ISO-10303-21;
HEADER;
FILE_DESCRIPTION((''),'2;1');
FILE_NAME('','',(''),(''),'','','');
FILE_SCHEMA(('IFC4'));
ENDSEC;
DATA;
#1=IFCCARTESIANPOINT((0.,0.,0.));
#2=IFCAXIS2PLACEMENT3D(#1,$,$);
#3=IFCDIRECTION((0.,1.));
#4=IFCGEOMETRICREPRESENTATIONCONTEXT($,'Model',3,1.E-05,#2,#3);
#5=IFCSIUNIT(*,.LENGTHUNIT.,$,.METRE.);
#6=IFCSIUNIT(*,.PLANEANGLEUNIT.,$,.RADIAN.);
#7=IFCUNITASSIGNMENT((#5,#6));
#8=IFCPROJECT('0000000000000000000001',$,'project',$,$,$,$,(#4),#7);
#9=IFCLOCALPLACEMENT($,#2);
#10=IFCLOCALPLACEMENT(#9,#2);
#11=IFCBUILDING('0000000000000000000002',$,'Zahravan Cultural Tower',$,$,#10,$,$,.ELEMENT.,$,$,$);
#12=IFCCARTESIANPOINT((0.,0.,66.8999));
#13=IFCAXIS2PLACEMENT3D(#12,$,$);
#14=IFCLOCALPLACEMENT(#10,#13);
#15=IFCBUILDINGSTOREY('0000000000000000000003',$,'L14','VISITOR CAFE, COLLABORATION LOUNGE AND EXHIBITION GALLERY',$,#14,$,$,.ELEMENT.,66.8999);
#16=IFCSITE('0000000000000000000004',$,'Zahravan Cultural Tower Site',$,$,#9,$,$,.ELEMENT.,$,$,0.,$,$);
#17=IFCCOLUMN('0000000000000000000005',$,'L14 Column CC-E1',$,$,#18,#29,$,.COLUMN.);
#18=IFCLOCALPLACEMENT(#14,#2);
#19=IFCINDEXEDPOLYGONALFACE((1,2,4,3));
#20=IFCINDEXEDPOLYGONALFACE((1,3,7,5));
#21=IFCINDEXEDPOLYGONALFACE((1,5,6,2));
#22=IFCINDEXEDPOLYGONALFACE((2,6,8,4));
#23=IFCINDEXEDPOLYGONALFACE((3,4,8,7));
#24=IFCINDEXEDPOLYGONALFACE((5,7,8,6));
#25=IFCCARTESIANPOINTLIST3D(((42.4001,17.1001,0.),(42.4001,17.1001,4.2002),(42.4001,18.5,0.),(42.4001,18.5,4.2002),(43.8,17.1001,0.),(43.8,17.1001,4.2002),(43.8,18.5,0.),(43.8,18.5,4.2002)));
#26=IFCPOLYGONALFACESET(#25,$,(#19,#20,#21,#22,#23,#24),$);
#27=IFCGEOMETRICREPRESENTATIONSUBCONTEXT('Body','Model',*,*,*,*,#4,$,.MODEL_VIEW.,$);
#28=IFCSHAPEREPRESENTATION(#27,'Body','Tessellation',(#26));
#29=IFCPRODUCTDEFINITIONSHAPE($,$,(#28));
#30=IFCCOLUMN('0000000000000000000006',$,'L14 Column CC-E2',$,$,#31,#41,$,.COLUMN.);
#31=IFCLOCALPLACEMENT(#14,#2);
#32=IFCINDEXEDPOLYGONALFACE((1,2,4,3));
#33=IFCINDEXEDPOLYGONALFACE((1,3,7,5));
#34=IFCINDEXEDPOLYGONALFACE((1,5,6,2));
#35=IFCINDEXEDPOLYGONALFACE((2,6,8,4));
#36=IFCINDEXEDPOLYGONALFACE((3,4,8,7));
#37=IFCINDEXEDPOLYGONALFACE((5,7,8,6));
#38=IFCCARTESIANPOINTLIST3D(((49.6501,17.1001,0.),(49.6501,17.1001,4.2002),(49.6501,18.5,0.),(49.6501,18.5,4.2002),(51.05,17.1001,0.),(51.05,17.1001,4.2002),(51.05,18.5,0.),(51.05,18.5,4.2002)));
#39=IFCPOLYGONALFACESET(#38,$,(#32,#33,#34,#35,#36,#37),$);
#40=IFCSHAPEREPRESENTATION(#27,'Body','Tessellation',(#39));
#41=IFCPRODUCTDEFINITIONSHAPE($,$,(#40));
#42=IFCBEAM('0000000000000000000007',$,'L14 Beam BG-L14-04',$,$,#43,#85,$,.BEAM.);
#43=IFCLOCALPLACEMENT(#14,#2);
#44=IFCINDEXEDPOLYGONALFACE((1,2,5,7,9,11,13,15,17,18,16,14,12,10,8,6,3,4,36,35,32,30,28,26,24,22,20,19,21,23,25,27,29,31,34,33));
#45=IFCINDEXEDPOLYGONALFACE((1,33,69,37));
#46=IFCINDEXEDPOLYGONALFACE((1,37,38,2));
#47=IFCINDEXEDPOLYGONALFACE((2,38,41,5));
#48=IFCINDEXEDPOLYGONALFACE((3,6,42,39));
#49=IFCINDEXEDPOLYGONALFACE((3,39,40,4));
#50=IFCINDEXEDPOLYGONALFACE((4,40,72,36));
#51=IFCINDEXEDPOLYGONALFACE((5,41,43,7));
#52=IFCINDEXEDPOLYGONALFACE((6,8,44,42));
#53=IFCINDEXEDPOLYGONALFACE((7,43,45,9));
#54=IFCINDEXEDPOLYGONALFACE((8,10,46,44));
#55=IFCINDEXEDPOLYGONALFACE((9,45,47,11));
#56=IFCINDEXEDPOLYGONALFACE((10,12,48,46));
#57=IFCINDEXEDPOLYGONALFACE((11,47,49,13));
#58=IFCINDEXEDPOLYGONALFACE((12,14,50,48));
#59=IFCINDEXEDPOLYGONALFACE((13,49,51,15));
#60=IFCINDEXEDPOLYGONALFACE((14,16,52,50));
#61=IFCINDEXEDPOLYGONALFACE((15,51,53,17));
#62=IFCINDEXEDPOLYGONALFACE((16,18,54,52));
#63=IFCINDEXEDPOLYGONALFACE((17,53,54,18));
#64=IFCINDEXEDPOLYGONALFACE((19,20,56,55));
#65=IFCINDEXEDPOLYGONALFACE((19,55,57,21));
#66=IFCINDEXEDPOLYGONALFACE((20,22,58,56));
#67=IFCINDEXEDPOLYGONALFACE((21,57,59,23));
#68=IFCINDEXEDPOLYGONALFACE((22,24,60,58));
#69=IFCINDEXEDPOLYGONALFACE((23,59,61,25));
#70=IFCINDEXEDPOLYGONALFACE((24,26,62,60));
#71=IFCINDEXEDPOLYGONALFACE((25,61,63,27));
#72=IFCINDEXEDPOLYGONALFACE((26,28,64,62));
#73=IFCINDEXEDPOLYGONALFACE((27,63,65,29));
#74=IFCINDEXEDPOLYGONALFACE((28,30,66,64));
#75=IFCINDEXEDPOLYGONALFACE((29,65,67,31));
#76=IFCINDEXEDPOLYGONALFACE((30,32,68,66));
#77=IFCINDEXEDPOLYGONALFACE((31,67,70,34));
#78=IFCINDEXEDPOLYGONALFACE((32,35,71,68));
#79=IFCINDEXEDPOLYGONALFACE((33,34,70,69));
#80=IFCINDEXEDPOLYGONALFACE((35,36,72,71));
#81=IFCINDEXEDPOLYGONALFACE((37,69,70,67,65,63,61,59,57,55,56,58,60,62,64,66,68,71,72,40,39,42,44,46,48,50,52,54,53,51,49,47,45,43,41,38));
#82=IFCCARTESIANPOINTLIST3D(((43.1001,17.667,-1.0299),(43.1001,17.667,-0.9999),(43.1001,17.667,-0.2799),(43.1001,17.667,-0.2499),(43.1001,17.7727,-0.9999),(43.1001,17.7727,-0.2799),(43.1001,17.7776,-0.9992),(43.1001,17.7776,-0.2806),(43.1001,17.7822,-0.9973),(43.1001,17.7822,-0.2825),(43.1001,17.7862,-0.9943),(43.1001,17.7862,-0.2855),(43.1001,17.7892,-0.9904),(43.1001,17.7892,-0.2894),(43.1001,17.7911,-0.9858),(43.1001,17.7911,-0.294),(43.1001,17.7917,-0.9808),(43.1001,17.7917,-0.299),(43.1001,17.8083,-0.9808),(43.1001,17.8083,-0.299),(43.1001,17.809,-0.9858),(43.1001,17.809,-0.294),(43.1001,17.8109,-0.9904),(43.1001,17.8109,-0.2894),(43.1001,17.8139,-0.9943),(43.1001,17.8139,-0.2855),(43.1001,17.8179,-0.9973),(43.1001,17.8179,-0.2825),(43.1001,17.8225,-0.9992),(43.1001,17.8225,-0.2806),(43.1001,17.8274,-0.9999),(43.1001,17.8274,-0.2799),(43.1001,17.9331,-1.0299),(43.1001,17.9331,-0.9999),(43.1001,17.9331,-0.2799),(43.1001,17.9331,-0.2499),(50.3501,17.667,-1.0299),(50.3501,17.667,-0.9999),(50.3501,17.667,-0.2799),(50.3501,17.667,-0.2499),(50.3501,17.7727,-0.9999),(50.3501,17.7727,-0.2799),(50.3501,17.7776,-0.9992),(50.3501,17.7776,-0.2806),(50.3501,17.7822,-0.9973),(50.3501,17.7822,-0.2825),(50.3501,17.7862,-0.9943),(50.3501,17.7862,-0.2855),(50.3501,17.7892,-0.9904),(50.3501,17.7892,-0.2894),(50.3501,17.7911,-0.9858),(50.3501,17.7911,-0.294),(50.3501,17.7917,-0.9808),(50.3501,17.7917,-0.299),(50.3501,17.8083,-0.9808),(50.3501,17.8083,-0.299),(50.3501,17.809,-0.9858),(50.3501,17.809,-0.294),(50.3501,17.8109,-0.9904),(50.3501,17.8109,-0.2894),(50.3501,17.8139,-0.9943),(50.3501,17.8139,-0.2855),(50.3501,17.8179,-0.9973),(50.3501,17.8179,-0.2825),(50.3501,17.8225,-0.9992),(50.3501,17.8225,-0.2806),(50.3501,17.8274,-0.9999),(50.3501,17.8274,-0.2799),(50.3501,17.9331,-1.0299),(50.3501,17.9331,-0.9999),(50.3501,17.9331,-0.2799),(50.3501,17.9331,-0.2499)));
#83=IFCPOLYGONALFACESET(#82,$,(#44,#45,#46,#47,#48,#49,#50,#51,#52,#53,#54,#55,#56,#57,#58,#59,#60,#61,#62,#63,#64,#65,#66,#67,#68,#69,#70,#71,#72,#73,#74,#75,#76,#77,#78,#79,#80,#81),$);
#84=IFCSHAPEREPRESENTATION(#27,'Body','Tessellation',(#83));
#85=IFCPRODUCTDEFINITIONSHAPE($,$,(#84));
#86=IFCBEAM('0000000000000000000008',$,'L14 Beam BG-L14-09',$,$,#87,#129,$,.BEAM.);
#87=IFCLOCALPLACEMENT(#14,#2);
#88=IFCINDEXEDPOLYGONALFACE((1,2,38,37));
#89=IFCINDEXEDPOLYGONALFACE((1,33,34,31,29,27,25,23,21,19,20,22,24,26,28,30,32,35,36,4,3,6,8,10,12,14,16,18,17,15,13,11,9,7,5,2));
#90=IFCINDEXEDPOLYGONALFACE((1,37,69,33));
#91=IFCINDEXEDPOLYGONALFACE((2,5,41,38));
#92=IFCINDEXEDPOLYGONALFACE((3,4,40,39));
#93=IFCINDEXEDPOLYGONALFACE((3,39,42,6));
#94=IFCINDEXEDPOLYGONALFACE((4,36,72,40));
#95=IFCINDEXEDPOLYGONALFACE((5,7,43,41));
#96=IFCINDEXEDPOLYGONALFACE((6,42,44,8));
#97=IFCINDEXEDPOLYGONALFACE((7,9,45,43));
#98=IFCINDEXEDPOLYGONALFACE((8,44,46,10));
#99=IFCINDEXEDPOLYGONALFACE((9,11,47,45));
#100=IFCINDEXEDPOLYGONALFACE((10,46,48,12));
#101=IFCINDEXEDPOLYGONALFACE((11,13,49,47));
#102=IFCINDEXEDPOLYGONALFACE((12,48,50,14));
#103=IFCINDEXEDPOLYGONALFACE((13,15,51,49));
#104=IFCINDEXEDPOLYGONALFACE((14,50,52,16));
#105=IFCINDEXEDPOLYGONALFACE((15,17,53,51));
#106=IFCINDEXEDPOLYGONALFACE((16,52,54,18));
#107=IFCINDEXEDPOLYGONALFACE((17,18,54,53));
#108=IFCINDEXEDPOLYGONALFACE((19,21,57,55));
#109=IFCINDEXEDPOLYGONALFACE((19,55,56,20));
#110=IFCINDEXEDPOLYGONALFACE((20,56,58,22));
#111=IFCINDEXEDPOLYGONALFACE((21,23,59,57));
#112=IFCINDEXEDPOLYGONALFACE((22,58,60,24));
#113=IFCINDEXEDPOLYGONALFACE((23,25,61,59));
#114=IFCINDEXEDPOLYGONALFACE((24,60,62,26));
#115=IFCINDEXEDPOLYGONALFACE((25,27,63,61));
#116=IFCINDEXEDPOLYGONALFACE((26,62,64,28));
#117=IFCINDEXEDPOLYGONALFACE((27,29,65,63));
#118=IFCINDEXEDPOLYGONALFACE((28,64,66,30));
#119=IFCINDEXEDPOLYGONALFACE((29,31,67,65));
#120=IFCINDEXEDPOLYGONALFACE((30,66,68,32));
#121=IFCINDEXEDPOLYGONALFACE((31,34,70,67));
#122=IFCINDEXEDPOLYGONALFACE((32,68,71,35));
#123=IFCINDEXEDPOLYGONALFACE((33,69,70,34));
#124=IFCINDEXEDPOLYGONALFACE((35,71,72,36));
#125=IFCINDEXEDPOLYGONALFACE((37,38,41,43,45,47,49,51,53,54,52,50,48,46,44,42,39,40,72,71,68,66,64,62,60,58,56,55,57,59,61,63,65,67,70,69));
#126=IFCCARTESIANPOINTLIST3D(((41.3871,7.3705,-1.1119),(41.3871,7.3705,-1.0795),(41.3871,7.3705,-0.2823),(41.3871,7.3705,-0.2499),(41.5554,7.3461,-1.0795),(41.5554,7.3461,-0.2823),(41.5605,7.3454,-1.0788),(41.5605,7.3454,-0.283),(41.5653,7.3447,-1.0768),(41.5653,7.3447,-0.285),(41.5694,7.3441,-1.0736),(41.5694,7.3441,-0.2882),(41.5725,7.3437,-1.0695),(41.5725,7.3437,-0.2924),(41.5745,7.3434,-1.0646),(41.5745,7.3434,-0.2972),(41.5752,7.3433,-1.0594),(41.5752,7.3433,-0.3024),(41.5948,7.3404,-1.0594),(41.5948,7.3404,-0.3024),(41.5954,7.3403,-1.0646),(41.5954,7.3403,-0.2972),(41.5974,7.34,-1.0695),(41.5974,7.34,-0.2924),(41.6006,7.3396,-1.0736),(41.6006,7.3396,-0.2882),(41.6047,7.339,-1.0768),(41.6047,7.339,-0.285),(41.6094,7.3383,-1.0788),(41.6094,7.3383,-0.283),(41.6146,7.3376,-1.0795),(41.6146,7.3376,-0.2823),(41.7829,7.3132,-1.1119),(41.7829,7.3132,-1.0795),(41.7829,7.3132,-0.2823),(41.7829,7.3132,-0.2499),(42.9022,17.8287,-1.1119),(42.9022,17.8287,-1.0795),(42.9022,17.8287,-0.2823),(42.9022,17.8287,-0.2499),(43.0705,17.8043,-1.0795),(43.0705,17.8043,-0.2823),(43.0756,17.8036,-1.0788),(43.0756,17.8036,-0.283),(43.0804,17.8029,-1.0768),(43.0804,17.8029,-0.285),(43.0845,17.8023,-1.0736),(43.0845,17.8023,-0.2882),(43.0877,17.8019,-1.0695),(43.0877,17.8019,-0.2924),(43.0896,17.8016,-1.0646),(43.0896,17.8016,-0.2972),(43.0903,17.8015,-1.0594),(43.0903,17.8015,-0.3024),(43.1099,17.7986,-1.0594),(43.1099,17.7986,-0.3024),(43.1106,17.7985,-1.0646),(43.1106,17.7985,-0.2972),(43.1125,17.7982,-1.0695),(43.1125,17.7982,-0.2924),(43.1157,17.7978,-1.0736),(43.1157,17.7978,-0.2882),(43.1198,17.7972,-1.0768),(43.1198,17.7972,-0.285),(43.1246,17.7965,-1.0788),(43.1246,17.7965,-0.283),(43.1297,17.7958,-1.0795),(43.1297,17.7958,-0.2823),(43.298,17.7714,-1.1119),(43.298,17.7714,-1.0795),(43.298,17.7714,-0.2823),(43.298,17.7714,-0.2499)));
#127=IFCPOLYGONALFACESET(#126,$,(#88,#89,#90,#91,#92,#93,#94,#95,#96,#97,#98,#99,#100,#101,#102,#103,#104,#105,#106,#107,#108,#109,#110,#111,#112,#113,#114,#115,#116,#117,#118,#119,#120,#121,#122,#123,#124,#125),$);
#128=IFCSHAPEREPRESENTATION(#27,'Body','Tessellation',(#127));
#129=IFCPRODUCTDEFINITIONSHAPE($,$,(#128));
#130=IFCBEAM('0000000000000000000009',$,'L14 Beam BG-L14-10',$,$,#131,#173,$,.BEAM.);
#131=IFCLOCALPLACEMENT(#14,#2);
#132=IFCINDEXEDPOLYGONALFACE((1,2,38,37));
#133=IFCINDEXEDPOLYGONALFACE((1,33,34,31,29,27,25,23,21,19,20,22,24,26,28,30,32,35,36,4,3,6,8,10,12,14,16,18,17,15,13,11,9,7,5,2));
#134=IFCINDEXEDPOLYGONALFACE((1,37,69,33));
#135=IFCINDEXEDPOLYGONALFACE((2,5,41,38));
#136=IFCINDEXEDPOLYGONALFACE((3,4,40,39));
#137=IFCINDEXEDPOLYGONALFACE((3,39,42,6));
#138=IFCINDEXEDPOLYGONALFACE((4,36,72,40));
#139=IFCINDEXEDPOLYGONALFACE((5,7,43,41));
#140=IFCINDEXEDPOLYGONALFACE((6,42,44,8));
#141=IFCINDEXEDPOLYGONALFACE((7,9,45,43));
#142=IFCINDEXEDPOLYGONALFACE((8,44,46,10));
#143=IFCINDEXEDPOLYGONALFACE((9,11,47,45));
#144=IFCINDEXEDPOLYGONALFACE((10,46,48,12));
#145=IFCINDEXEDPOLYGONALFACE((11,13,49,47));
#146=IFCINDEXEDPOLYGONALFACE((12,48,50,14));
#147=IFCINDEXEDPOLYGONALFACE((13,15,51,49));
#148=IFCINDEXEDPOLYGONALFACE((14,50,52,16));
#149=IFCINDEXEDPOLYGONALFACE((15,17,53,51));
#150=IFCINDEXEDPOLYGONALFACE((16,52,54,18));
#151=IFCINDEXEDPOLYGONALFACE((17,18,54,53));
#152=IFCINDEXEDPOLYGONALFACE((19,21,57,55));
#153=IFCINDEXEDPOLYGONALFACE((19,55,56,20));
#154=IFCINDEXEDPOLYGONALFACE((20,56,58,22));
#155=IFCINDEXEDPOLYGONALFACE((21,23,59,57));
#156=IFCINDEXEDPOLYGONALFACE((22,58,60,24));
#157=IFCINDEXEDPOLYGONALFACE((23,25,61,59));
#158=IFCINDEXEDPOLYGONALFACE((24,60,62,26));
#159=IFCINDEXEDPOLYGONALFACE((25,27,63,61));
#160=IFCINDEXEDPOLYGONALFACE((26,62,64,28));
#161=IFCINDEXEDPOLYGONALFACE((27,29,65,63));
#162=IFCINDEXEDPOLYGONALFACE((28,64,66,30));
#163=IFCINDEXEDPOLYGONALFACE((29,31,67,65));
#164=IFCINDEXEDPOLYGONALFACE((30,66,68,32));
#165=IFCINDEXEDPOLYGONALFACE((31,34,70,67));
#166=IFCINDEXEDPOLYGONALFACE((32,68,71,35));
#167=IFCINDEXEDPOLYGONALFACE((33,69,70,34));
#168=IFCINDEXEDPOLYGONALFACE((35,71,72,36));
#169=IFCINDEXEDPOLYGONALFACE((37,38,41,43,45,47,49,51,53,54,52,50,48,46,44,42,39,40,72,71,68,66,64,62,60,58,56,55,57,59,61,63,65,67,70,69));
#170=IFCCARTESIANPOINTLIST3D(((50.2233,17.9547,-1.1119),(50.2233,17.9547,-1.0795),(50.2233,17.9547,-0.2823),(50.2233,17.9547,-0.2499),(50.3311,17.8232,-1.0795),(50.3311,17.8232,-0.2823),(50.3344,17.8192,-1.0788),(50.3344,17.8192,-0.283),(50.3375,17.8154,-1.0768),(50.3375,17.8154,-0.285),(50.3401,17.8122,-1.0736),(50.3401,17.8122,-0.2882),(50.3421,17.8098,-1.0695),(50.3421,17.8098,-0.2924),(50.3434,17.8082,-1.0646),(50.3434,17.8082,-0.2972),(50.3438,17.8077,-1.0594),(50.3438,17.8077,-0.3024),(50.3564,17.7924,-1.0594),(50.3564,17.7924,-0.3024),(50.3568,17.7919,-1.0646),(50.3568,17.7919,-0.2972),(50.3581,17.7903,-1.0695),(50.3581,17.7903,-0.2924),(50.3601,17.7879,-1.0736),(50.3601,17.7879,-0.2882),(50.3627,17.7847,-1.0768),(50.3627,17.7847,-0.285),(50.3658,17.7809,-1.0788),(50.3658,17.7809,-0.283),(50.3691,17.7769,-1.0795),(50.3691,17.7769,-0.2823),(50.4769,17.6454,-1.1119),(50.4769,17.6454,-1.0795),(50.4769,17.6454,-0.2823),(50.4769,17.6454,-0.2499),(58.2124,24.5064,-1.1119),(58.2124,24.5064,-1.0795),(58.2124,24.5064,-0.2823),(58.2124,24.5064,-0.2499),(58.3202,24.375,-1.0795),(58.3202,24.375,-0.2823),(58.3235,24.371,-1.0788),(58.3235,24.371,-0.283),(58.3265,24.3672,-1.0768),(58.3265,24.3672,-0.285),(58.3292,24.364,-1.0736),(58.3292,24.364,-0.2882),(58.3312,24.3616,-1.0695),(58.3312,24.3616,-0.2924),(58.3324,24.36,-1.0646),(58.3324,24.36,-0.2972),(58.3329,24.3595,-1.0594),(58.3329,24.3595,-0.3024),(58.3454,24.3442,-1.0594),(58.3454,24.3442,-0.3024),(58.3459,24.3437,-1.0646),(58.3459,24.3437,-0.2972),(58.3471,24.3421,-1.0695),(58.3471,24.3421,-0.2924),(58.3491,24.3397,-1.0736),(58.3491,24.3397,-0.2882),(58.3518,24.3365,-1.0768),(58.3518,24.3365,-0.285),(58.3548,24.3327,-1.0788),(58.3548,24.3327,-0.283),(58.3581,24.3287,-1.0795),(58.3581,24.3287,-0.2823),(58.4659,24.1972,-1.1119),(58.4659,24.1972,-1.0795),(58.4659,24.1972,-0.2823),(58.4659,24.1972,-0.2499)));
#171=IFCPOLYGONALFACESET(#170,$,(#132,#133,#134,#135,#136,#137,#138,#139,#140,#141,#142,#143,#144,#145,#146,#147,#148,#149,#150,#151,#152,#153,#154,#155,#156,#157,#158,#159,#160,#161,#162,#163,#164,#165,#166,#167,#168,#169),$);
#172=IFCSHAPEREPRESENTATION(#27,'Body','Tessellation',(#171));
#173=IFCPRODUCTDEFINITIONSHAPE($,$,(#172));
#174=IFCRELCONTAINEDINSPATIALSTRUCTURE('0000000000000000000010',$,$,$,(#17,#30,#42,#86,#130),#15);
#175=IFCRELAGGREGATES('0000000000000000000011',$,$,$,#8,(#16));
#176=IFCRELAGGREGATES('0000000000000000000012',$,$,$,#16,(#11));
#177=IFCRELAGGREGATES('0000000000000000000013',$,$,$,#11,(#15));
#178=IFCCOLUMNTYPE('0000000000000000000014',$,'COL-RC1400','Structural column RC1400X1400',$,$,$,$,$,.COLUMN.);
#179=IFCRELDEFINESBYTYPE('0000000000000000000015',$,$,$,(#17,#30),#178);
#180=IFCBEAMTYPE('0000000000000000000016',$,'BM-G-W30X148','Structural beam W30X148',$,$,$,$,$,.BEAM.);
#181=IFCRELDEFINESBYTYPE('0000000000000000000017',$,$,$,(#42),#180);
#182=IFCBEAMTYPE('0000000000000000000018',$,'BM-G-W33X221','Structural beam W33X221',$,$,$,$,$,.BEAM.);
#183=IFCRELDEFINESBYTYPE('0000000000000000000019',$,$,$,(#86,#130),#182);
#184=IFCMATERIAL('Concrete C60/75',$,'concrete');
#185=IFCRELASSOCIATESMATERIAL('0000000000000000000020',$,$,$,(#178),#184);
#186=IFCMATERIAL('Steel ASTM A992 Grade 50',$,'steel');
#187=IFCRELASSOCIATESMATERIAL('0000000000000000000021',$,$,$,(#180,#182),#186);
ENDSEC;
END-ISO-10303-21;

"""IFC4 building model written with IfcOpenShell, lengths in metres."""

from ifc_helpers import new_model, si_unit, direction, frame, origin, origin_2d, place, context, subcontext, project, spatial, rectangle, i_section, extrude, source, transform, mapped, material, material_profile, profile_set, type_object, element, save


model = new_model("IFC4")

# Units and contexts
model_context = context("Model", 3, precision=1e-05, world=origin(), true_north=direction((0.0, 1.0)))
body_context = subcontext(model_context, "Body", "Model", "MODEL_VIEW")
ifc_project = project(units=[si_unit("LENGTHUNIT", "METRE"), si_unit("PLANEANGLEUNIT", "RADIAN")], contexts=[model_context])

# Site, building, storey
site_placement = place(None, origin())
site = spatial("IfcSite", under=ifc_project, at=site_placement, Name="Zahravan Cultural Tower Site", CompositionType="ELEMENT", RefElevation=0.0)
building_placement = place(site_placement, origin())
building = spatial("IfcBuilding", under=site, at=building_placement, Name="Zahravan Cultural Tower", CompositionType="ELEMENT")
storey_placement = place(building_placement, frame((0.0, 0.0, 66.8999)))
storey = spatial("IfcBuildingStorey", under=building, at=storey_placement, Name="L14", Description="VISITOR CAFE, COLLABORATION LOUNGE AND EXHIBITION GALLERY", CompositionType="ELEMENT", Elevation=66.8999)

# Columns
ifc_material_1 = material(Name="Concrete C60/75", Category="concrete")
ifc_material_profile_1 = material_profile(ifc_material_1, rectangle(XDim=1.3999, YDim=1.3999, at=origin_2d()), Name="RC1400X1400")
ifc_profile_set_1 = profile_set([ifc_material_profile_1], Name="Concrete C60/75")
column_type = type_object("IfcColumnType", Name="COL-RC1400", Description="Structural column RC1400X1400", PredefinedType="COLUMN", material=ifc_profile_set_1)
shared_shape_1 = source(origin(), body_context, "Body", "SweptSolid", [
    extrude(rectangle(XDim=1.3999, YDim=1.3999, at=origin_2d()), origin(), (0.0, 0.0, 1.0), 4.2002),
])
for number, where, z_axis, x_axis, name in (
    (1, (43.1001, 17.8, 0.0), (0.0, 0.0, 1.0), (1.0, 0.0, 0.0), "L14 Column CC-E1"),
    (2, (50.3501, 17.8, 0.0), (0.0, 0.0, 1.0), (1.0, 0.0, 0.0), "L14 Column CC-E2"),
):
    element("IfcColumn", number, at=place(storey_placement, frame(where, z_axis=z_axis, x_axis=x_axis)), inside=storey, type_object=column_type, Name=name, PredefinedType="COLUMN", context=body_context, shape_type="MappedRepresentation", body=[
        mapped(shared_shape_1, transform((0.0, 0.0, 0.0), x_axis=(1.0, 0.0, 0.0), y_axis=(0.0, 1.0, 0.0), z_axis=(0.0, 0.0, 1.0), scale=1.0)),
    ])

# Beams
ifc_material_2 = material(Name="Steel ASTM A992 Grade 50", Category="steel")
ifc_material_profile_2 = material_profile(ifc_material_2, i_section(OverallWidth=0.2661, OverallDepth=0.78, WebThickness=0.0166, FlangeThickness=0.03, FilletRadius=0.019, at=origin_2d()), Name="W30X148")
ifc_profile_set_2 = profile_set([ifc_material_profile_2], Name="Steel ASTM A992 Grade 50")
beam_type_1 = type_object("IfcBeamType", Name="BM-G-W30X148", Description="Structural beam W30X148", PredefinedType="BEAM", material=ifc_profile_set_2)
shared_shape_2 = source(origin(), body_context, "Body", "SweptSolid", [
    extrude(i_section(OverallWidth=0.2661, OverallDepth=0.78, WebThickness=0.0166, FlangeThickness=0.03, FilletRadius=0.019, at=origin_2d()), origin(), (0.0, 0.0, 1.0), 7.25),
])
beam_1_placement = place(storey_placement, frame((43.1001, 17.8, -0.6399), z_axis=(1.0, 0.0, 0.0), x_axis=(0.0, 1.0, 0.0)))
element("IfcBeam", 3, at=beam_1_placement, inside=storey, type_object=beam_type_1, Name="L14 Beam BG-L14-04", PredefinedType="BEAM", context=body_context, shape_type="MappedRepresentation", body=[
    mapped(shared_shape_2, transform((0.0, 0.0, 0.0), x_axis=(1.0, 0.0, 0.0), y_axis=(0.0, 1.0, 0.0), z_axis=(0.0, 0.0, 1.0), scale=1.0)),
])
ifc_material_profile_3 = material_profile(ifc_material_2, i_section(OverallWidth=0.3999, OverallDepth=0.8621, WebThickness=0.0198, FlangeThickness=0.0325, FilletRadius=0.02, at=origin_2d()), Name="W33X221")
ifc_profile_set_3 = profile_set([ifc_material_profile_3], Name="Steel ASTM A992 Grade 50")
beam_type_2 = type_object("IfcBeamType", Name="BM-G-W33X221", Description="Structural beam W33X221", PredefinedType="BEAM", material=ifc_profile_set_3)
shared_shape_3 = source(origin(), body_context, "Body", "SweptSolid", [
    extrude(i_section(OverallWidth=0.3999, OverallDepth=0.8621, WebThickness=0.0198, FlangeThickness=0.0325, FilletRadius=0.02, at=origin_2d()), origin(), (0.0, 0.0, 1.0), 10.5674),
])
beam_2_placement = place(storey_placement, frame((43.1001, 17.8, -0.6809), z_axis=(-0.143378, -0.989668, 0.0), x_axis=(0.989668, -0.143378, 0.0)))
element("IfcBeam", 4, at=beam_2_placement, inside=storey, type_object=beam_type_2, Name="L14 Beam BG-L14-09", PredefinedType="BEAM", context=body_context, shape_type="MappedRepresentation", body=[
    mapped(shared_shape_3, transform((0.0, 0.0, 0.0), x_axis=(1.0, 0.0, 0.0), y_axis=(0.0, 1.0, 0.0), z_axis=(0.0, 0.0, 1.0), scale=1.0)),
])
shared_shape_4 = source(origin(), body_context, "Body", "SweptSolid", [
    extrude(i_section(OverallWidth=0.3999, OverallDepth=0.8621, WebThickness=0.0198, FlangeThickness=0.0325, FilletRadius=0.02, at=origin_2d()), origin(), (0.0, 0.0, 1.0), 10.332),
])
beam_3_placement = place(storey_placement, frame((50.3501, 17.8, -0.6809), z_axis=(0.773231, 0.634124, 0.0), x_axis=(-0.634124, 0.773231, 0.0)))
element("IfcBeam", 5, at=beam_3_placement, inside=storey, type_object=beam_type_2, Name="L14 Beam BG-L14-10", PredefinedType="BEAM", context=body_context, shape_type="MappedRepresentation", body=[
    mapped(shared_shape_4, transform((0.0, 0.0, 0.0), x_axis=(1.0, 0.0, 0.0), y_axis=(0.0, 1.0, 0.0), z_axis=(0.0, 0.0, 1.0), scale=1.0)),
])

save(model, "model.ifc")
